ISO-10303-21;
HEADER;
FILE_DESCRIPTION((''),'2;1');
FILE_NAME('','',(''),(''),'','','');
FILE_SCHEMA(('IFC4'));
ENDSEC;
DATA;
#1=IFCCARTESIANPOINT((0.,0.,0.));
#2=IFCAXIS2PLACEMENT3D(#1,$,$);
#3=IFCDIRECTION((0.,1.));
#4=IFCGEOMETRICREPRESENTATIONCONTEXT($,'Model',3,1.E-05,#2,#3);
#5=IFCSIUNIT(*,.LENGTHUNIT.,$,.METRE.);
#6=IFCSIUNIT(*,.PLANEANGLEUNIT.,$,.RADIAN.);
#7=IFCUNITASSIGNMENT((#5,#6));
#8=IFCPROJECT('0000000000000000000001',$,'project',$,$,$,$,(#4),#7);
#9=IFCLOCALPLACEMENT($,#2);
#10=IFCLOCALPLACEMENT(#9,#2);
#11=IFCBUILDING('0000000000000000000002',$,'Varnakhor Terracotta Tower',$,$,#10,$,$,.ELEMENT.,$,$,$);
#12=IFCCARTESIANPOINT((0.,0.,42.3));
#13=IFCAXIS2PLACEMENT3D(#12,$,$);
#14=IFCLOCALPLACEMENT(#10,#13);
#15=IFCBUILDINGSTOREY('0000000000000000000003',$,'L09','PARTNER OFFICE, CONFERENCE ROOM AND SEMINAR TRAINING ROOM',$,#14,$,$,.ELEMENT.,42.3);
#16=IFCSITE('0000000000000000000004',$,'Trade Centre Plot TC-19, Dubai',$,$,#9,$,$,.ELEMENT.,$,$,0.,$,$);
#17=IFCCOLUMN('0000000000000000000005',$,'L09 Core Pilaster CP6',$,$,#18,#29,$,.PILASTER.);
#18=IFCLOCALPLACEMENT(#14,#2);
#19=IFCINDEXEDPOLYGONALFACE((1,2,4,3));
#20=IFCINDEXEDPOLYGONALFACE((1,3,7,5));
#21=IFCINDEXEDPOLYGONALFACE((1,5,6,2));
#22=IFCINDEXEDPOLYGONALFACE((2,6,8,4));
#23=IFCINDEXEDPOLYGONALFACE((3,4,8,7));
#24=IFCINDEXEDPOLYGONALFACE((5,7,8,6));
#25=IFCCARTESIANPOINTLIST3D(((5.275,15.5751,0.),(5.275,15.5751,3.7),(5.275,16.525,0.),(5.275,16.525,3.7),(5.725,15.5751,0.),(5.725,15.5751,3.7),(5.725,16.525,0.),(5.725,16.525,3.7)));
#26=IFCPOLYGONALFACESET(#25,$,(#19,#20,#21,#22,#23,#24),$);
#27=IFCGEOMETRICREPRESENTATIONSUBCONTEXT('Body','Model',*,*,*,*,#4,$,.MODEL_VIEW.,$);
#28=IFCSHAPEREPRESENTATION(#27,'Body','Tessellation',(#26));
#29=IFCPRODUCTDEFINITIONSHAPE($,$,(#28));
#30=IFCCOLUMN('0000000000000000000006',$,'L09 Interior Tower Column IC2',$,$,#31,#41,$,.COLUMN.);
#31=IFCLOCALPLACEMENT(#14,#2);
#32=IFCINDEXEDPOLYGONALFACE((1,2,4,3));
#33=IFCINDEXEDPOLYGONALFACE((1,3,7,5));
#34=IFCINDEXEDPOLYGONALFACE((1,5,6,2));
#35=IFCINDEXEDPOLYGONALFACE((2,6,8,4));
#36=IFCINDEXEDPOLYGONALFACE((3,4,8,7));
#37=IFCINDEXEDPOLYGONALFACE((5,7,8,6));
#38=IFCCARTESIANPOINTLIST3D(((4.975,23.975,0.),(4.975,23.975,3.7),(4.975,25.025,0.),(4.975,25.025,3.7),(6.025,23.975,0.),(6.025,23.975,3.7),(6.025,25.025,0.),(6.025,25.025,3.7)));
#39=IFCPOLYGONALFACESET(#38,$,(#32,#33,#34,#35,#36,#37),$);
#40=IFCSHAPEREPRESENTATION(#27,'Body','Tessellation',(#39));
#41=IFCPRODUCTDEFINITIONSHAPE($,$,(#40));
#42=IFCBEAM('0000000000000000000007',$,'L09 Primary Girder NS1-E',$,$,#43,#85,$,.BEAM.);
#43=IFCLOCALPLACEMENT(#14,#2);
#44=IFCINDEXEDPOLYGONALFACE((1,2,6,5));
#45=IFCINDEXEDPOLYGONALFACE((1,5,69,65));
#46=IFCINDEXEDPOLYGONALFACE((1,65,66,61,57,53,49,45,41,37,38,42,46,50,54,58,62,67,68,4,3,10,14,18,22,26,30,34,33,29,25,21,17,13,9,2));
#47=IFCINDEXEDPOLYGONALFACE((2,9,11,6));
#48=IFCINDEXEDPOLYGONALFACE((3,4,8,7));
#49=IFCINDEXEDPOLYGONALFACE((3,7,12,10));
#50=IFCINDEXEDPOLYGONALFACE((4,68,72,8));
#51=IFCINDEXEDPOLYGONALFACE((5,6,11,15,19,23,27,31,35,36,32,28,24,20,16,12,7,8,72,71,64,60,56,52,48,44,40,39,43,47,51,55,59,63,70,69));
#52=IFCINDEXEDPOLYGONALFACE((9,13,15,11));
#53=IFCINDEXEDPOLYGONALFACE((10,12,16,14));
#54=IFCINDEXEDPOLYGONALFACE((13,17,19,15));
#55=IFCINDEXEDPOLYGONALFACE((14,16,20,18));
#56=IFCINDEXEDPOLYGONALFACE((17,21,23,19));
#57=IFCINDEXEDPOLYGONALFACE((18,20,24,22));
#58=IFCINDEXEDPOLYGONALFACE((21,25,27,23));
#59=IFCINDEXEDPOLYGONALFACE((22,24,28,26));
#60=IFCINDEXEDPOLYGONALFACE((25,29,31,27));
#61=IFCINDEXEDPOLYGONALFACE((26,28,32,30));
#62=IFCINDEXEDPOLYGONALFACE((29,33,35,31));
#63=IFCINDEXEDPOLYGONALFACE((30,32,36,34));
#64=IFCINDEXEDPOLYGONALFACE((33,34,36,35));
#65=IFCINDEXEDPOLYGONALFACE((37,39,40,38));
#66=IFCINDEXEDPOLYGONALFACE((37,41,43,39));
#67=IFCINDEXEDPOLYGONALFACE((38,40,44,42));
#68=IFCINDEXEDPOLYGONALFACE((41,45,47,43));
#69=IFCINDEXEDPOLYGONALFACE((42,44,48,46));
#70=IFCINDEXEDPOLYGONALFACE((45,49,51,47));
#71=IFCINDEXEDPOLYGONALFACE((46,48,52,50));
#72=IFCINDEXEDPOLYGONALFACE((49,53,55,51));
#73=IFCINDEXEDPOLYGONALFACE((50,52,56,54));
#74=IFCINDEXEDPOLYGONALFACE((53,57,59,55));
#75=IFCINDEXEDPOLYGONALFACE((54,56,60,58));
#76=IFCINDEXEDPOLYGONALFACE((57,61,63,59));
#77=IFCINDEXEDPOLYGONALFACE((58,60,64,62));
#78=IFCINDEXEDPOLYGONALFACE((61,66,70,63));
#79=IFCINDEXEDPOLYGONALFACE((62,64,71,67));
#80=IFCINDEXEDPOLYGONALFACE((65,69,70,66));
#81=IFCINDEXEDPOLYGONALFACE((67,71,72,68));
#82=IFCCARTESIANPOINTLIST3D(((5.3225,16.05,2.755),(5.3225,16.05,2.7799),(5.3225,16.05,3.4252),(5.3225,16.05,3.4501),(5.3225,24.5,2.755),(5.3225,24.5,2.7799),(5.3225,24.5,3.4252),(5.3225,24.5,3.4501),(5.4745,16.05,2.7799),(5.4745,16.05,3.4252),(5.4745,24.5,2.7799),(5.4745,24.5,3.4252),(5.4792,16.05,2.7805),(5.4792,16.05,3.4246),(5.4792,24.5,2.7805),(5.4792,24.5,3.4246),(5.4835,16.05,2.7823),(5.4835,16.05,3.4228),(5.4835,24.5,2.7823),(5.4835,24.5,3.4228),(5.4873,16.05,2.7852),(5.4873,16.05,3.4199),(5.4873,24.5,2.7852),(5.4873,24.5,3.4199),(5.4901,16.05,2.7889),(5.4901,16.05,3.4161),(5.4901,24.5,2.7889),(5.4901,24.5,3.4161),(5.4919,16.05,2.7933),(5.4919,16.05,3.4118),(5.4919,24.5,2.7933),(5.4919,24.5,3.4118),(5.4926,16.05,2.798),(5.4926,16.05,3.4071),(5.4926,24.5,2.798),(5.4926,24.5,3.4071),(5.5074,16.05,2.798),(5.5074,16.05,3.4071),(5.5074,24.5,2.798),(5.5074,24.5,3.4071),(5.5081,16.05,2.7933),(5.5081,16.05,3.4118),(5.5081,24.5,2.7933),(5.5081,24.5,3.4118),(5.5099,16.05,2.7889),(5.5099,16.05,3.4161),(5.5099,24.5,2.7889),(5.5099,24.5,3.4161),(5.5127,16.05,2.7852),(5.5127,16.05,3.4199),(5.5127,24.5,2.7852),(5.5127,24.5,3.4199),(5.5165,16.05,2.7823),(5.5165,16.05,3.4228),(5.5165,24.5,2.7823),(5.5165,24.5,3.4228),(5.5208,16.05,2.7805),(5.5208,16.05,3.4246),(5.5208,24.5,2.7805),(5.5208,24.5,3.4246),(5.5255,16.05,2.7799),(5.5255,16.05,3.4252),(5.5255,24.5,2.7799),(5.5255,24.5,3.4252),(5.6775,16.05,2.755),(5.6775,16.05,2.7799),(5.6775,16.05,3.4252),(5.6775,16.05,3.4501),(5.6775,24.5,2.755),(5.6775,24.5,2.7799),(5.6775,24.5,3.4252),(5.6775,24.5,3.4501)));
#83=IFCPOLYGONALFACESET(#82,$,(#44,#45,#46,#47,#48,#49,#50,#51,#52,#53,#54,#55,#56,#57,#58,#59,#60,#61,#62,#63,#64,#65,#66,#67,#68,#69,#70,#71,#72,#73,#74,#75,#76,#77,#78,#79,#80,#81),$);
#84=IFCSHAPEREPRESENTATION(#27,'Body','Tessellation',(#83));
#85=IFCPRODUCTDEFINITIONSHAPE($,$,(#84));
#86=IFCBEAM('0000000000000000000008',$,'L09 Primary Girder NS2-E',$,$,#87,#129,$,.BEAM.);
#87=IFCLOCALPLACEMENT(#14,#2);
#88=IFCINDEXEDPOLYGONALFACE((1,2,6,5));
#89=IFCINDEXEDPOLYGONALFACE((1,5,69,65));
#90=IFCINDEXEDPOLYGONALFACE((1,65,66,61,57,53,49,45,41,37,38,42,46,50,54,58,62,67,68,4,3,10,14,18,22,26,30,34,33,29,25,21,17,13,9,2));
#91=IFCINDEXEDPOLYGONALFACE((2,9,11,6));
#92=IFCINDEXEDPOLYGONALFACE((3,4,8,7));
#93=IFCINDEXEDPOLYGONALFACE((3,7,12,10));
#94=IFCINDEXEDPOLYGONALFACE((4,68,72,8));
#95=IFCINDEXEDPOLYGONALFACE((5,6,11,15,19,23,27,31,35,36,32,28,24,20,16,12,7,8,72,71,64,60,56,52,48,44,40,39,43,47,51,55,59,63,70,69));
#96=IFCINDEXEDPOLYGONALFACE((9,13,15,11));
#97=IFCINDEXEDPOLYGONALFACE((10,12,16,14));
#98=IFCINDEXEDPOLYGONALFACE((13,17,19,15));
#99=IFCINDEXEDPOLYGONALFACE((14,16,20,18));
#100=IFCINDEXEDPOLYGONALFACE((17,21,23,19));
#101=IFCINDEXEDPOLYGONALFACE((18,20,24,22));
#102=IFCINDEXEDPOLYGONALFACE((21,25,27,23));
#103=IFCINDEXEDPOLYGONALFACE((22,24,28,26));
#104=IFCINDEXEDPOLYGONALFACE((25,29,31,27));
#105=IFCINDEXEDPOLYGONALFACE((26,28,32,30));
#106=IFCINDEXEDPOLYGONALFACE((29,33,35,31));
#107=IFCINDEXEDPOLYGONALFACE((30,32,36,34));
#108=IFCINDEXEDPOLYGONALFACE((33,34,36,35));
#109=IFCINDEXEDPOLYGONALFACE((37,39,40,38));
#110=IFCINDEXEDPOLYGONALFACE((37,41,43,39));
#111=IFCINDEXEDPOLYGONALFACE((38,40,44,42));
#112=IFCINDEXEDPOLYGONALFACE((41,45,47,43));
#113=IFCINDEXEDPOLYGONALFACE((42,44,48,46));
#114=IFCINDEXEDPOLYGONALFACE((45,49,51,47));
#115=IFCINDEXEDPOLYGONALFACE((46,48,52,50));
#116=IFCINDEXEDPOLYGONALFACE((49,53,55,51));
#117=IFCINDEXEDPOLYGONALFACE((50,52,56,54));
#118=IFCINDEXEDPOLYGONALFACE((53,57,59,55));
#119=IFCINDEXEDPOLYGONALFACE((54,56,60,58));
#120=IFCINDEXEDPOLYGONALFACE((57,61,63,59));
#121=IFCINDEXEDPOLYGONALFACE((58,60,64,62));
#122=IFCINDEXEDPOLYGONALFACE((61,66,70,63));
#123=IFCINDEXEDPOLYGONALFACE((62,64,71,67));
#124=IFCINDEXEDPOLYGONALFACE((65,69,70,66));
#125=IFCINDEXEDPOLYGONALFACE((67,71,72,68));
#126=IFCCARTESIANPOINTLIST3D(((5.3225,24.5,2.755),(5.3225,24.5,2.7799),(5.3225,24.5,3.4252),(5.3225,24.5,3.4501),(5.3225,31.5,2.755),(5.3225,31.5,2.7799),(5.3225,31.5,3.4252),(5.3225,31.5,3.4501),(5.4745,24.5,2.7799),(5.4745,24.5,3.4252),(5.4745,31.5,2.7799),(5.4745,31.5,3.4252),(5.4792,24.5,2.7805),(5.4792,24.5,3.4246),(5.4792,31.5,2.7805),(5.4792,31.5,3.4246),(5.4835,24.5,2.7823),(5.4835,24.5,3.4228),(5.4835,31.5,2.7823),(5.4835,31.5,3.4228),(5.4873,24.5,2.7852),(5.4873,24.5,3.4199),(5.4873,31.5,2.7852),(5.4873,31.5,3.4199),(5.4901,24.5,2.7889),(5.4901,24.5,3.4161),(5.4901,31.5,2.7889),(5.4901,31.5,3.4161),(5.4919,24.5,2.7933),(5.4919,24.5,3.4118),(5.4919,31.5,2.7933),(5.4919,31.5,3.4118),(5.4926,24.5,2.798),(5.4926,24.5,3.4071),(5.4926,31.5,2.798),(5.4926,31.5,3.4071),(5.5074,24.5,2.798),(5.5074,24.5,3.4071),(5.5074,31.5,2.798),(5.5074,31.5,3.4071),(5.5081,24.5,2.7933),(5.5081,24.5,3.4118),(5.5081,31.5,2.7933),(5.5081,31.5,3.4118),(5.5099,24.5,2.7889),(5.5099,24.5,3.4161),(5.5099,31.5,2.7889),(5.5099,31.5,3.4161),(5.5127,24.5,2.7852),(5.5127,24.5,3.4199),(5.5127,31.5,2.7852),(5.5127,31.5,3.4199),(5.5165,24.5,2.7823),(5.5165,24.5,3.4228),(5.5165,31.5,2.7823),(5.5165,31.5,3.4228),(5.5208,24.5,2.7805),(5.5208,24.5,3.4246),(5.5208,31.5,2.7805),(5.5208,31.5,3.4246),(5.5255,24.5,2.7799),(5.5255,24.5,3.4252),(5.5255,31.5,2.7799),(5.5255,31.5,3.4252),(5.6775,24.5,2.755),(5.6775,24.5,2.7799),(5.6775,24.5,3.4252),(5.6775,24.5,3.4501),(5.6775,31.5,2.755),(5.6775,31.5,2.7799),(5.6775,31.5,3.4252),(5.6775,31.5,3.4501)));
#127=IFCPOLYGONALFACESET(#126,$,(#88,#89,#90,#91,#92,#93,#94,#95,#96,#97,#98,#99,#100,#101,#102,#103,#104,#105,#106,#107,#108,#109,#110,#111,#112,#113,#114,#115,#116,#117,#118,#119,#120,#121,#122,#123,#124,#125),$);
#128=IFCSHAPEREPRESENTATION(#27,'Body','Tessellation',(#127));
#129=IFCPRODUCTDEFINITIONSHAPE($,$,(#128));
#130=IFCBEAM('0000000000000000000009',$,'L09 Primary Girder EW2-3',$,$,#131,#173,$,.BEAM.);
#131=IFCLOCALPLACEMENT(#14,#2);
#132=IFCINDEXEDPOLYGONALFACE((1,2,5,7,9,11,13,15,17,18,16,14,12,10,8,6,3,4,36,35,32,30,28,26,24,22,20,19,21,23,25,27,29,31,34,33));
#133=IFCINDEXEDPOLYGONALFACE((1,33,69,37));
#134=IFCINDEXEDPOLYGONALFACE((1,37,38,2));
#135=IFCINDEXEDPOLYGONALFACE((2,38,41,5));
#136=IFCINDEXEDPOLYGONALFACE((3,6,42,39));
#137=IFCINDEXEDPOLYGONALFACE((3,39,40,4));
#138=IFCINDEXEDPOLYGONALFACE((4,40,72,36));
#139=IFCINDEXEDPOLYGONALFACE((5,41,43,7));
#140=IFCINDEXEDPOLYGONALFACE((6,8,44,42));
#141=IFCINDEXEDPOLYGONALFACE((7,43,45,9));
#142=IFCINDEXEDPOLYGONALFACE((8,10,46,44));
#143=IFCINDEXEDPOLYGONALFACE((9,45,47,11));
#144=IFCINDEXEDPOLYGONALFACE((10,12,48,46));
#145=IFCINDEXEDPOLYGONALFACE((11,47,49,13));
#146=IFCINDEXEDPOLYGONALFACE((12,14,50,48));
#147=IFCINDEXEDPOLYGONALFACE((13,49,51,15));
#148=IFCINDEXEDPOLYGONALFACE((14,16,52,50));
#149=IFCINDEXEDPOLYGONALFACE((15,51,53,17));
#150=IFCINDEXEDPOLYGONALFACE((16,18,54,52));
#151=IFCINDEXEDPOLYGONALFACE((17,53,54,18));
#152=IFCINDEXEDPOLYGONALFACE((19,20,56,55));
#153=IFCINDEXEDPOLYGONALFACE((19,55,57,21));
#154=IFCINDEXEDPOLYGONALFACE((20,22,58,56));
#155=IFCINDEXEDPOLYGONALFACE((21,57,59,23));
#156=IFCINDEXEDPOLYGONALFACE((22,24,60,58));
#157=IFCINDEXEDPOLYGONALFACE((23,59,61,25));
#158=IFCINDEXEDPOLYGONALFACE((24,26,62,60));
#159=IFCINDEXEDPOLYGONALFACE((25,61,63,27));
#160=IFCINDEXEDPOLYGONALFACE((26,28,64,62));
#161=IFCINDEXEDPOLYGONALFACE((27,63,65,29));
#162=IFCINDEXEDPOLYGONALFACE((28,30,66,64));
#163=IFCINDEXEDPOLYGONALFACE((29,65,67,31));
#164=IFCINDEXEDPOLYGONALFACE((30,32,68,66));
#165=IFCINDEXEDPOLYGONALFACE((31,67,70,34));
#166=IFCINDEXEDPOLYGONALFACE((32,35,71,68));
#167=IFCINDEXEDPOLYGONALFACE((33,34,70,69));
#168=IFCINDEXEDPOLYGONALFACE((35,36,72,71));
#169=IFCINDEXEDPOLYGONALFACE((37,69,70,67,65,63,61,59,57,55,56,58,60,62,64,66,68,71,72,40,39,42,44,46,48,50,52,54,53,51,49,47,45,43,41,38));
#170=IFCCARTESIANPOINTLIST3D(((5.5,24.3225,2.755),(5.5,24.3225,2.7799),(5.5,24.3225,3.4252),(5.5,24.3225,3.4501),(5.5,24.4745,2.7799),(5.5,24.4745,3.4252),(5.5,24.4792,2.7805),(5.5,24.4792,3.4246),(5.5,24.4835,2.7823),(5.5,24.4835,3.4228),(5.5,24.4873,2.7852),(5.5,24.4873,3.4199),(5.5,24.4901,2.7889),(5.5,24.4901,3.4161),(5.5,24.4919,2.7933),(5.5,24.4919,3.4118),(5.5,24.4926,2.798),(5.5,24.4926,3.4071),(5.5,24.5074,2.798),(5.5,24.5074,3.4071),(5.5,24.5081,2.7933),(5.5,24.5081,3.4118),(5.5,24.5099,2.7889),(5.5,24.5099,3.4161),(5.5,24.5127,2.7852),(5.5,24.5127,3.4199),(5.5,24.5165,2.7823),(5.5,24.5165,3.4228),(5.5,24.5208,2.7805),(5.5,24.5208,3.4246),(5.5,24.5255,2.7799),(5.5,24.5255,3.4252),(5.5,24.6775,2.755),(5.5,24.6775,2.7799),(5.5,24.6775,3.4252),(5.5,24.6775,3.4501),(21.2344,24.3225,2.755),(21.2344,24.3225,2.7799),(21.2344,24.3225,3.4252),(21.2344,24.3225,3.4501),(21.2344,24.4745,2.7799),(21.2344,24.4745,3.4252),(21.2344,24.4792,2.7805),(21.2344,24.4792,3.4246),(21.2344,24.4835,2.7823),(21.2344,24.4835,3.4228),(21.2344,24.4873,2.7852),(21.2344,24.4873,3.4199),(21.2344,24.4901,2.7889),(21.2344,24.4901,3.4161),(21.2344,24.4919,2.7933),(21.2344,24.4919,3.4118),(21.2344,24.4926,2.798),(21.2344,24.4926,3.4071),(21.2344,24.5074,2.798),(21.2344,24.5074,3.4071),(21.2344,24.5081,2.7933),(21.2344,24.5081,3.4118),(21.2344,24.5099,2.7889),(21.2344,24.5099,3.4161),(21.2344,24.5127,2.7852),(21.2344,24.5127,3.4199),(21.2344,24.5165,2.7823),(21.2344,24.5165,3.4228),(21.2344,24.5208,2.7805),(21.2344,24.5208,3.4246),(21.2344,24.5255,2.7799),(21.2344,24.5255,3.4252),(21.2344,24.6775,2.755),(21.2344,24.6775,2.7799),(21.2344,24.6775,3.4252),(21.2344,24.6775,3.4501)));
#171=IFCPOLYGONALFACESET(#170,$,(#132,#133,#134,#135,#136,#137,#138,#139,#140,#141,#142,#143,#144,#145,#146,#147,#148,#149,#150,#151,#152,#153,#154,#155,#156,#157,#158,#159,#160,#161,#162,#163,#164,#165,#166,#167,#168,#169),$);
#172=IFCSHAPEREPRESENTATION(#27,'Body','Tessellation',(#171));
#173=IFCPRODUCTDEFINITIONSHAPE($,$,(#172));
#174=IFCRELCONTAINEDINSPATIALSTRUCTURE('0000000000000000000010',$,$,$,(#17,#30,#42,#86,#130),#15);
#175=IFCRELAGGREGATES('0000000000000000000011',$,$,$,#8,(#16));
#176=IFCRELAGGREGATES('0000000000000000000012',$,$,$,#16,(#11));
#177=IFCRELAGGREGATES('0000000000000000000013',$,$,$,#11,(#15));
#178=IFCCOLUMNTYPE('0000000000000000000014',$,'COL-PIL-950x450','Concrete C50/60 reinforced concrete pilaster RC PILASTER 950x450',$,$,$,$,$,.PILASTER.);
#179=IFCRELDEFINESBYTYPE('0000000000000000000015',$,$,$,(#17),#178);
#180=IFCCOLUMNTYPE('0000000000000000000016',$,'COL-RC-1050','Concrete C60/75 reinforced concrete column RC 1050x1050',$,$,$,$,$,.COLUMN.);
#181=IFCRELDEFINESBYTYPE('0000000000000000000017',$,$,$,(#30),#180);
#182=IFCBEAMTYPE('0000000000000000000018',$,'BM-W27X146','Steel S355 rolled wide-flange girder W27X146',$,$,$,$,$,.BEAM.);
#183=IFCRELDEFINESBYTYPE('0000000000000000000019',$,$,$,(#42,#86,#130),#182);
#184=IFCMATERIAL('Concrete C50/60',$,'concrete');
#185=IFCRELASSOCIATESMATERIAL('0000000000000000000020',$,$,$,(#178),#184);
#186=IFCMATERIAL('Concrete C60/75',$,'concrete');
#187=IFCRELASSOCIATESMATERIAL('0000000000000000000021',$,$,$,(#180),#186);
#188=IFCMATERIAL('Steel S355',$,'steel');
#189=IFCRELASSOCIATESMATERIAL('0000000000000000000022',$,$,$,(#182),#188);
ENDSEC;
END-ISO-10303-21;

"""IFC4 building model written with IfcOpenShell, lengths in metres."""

from ifc_helpers import new_model, si_unit, direction, frame, origin, origin_2d, place, context, subcontext, project, spatial, rectangle, i_section, extrude, source, transform, mapped, material, material_profile, profile_set, type_object, type_shapes, element, save


model = new_model("IFC4")

# Units and contexts
model_context = context("Model", 3, precision=1e-05, world=origin(), true_north=direction((0.0, 1.0)))
body_context = subcontext(model_context, "Body", "Model", "MODEL_VIEW")
ifc_project = project(units=[si_unit("LENGTHUNIT", "METRE"), si_unit("PLANEANGLEUNIT", "RADIAN")], contexts=[model_context])

# Site, building, storey
site_placement = place(None, origin())
site = spatial("IfcSite", under=ifc_project, at=site_placement, Name="Trade Centre Plot TC-19, Dubai", CompositionType="ELEMENT", RefElevation=0.0)
building_placement = place(site_placement, origin())
building = spatial("IfcBuilding", under=site, at=building_placement, Name="Varnakhor Terracotta Tower", CompositionType="ELEMENT")
storey_placement = place(building_placement, frame((0.0, 0.0, 42.3)))
storey = spatial("IfcBuildingStorey", under=building, at=storey_placement, Name="L09", Description="PARTNER OFFICE, CONFERENCE ROOM AND SEMINAR TRAINING ROOM", CompositionType="ELEMENT", Elevation=42.3)

# Columns
ifc_material_1 = material(Name="Concrete C50/60", Category="concrete")
ifc_material_profile_1 = material_profile(ifc_material_1, rectangle(XDim=0.45, YDim=0.95, at=origin_2d()), Name="RC PILASTER 950x450")
ifc_profile_set_1 = profile_set([ifc_material_profile_1], Name="Concrete C50/60")
column_type_1 = type_object("IfcColumnType", Name="COL-PIL-950x450", Description="Concrete C50/60 reinforced concrete pilaster RC PILASTER 950x450", PredefinedType="PILASTER", material=ifc_profile_set_1)
shared_shape_1 = source(origin(), body_context, "Body", "SweptSolid", [
    extrude(rectangle(XDim=0.45, YDim=0.95, at=origin_2d()), origin(), (0.0, 0.0, 1.0), 3.7),
])
column_1_placement = place(storey_placement, frame((5.5, 16.05, 0.0), z_axis=(0.0, 0.0, 1.0), x_axis=(1.0, 0.0, 0.0)))
element("IfcColumn", 1, at=column_1_placement, inside=storey, type_object=column_type_1, Name="L09 Core Pilaster CP6", PredefinedType="PILASTER", context=body_context, shape_type="MappedRepresentation", body=[
    mapped(shared_shape_1, transform((0.0, 0.0, 0.0), scale=1.0)),
])
ifc_material_2 = material(Name="Concrete C60/75", Category="concrete")
ifc_material_profile_2 = material_profile(ifc_material_2, rectangle(XDim=1.05, YDim=1.05, at=origin_2d()), Name="RC 1050x1050")
ifc_profile_set_2 = profile_set([ifc_material_profile_2], Name="Concrete C60/75")
column_type_2 = type_object("IfcColumnType", Name="COL-RC-1050", Description="Concrete C60/75 reinforced concrete column RC 1050x1050", PredefinedType="COLUMN", material=ifc_profile_set_2)
shared_shape_2 = source(origin(), body_context, "Body", "SweptSolid", [
    extrude(rectangle(XDim=1.05, YDim=1.05, at=origin_2d()), origin(), (0.0, 0.0, 1.0), 3.7),
])
column_2_placement = place(storey_placement, frame((5.5, 24.5, 0.0), z_axis=(0.0, 0.0, 1.0), x_axis=(1.0, 0.0, 0.0)))
element("IfcColumn", 2, at=column_2_placement, inside=storey, type_object=column_type_2, Name="L09 Interior Tower Column IC2", PredefinedType="COLUMN", context=body_context, shape_type="MappedRepresentation", body=[
    mapped(shared_shape_2, transform((0.0, 0.0, 0.0), scale=1.0)),
])

# Beams
ifc_material_3 = material(Name="Steel S355", Category="steel")
ifc_material_profile_3 = material_profile(ifc_material_3, i_section(OverallWidth=0.355, OverallDepth=0.6951, WebThickness=0.0149, FlangeThickness=0.0249, FilletRadius=0.0181, at=origin_2d()), Name="W27X146")
ifc_profile_set_3 = profile_set([ifc_material_profile_3], Name="Steel S355")
beam_type_1 = type_object("IfcBeamType", Name="BM-W27X146", Description="Steel S355 rolled wide-flange girder W27X146", PredefinedType="BEAM", material=ifc_profile_set_3)
shared_shape_3 = source(origin(), body_context, "Body", "SweptSolid", [
    extrude(i_section(OverallWidth=0.355, OverallDepth=0.6951, WebThickness=0.0149, FlangeThickness=0.0249, FilletRadius=0.0181, at=origin_2d()), origin(), (0.0, 0.0, 1.0), 8.45),
])
type_shapes(beam_type_1, [shared_shape_3])
beam_1_placement = place(storey_placement, frame((5.5, 16.05, 3.1025), z_axis=(0.0, 1.0, 0.0), x_axis=(-1.0, 0.0, 0.0)))
element("IfcBeam", 3, at=beam_1_placement, inside=storey, type_object=beam_type_1, Name="L09 Primary Girder NS1-E", PredefinedType="BEAM", context=body_context, shape_type="MappedRepresentation", body=[
    mapped(shared_shape_3, transform((0.0, 0.0, 0.0), scale=1.0)),
])
shared_shape_4 = source(origin(), body_context, "Body", "SweptSolid", [
    extrude(i_section(OverallWidth=0.355, OverallDepth=0.6951, WebThickness=0.0149, FlangeThickness=0.0249, FilletRadius=0.0181, at=origin_2d()), origin(), (0.0, 0.0, 1.0), 7.0),
])
beam_2_placement = place(storey_placement, frame((5.5, 24.5, 3.1025), z_axis=(0.0, 1.0, 0.0), x_axis=(-1.0, 0.0, 0.0)))
element("IfcBeam", 4, at=beam_2_placement, inside=storey, type_object=beam_type_1, Name="L09 Primary Girder NS2-E", PredefinedType="BEAM", context=body_context, shape_type="MappedRepresentation", body=[
    mapped(shared_shape_4, transform((0.0, 0.0, 0.0), scale=1.0)),
])
shared_shape_5 = source(origin(), body_context, "Body", "SweptSolid", [
    extrude(i_section(OverallWidth=0.355, OverallDepth=0.6951, WebThickness=0.0149, FlangeThickness=0.0249, FilletRadius=0.0181, at=origin_2d()), origin(), (0.0, 0.0, 1.0), 15.7344),
])
beam_3_placement = place(storey_placement, frame((5.5, 24.5, 3.1025), z_axis=(1.0, 0.0, 0.0), x_axis=(0.0, 1.0, 0.0)))
element("IfcBeam", 5, at=beam_3_placement, inside=storey, type_object=beam_type_1, Name="L09 Primary Girder EW2-3", PredefinedType="BEAM", context=body_context, shape_type="MappedRepresentation", body=[
    mapped(shared_shape_5, transform((0.0, 0.0, 0.0), scale=1.0)),
])

save(model, "model.ifc")
